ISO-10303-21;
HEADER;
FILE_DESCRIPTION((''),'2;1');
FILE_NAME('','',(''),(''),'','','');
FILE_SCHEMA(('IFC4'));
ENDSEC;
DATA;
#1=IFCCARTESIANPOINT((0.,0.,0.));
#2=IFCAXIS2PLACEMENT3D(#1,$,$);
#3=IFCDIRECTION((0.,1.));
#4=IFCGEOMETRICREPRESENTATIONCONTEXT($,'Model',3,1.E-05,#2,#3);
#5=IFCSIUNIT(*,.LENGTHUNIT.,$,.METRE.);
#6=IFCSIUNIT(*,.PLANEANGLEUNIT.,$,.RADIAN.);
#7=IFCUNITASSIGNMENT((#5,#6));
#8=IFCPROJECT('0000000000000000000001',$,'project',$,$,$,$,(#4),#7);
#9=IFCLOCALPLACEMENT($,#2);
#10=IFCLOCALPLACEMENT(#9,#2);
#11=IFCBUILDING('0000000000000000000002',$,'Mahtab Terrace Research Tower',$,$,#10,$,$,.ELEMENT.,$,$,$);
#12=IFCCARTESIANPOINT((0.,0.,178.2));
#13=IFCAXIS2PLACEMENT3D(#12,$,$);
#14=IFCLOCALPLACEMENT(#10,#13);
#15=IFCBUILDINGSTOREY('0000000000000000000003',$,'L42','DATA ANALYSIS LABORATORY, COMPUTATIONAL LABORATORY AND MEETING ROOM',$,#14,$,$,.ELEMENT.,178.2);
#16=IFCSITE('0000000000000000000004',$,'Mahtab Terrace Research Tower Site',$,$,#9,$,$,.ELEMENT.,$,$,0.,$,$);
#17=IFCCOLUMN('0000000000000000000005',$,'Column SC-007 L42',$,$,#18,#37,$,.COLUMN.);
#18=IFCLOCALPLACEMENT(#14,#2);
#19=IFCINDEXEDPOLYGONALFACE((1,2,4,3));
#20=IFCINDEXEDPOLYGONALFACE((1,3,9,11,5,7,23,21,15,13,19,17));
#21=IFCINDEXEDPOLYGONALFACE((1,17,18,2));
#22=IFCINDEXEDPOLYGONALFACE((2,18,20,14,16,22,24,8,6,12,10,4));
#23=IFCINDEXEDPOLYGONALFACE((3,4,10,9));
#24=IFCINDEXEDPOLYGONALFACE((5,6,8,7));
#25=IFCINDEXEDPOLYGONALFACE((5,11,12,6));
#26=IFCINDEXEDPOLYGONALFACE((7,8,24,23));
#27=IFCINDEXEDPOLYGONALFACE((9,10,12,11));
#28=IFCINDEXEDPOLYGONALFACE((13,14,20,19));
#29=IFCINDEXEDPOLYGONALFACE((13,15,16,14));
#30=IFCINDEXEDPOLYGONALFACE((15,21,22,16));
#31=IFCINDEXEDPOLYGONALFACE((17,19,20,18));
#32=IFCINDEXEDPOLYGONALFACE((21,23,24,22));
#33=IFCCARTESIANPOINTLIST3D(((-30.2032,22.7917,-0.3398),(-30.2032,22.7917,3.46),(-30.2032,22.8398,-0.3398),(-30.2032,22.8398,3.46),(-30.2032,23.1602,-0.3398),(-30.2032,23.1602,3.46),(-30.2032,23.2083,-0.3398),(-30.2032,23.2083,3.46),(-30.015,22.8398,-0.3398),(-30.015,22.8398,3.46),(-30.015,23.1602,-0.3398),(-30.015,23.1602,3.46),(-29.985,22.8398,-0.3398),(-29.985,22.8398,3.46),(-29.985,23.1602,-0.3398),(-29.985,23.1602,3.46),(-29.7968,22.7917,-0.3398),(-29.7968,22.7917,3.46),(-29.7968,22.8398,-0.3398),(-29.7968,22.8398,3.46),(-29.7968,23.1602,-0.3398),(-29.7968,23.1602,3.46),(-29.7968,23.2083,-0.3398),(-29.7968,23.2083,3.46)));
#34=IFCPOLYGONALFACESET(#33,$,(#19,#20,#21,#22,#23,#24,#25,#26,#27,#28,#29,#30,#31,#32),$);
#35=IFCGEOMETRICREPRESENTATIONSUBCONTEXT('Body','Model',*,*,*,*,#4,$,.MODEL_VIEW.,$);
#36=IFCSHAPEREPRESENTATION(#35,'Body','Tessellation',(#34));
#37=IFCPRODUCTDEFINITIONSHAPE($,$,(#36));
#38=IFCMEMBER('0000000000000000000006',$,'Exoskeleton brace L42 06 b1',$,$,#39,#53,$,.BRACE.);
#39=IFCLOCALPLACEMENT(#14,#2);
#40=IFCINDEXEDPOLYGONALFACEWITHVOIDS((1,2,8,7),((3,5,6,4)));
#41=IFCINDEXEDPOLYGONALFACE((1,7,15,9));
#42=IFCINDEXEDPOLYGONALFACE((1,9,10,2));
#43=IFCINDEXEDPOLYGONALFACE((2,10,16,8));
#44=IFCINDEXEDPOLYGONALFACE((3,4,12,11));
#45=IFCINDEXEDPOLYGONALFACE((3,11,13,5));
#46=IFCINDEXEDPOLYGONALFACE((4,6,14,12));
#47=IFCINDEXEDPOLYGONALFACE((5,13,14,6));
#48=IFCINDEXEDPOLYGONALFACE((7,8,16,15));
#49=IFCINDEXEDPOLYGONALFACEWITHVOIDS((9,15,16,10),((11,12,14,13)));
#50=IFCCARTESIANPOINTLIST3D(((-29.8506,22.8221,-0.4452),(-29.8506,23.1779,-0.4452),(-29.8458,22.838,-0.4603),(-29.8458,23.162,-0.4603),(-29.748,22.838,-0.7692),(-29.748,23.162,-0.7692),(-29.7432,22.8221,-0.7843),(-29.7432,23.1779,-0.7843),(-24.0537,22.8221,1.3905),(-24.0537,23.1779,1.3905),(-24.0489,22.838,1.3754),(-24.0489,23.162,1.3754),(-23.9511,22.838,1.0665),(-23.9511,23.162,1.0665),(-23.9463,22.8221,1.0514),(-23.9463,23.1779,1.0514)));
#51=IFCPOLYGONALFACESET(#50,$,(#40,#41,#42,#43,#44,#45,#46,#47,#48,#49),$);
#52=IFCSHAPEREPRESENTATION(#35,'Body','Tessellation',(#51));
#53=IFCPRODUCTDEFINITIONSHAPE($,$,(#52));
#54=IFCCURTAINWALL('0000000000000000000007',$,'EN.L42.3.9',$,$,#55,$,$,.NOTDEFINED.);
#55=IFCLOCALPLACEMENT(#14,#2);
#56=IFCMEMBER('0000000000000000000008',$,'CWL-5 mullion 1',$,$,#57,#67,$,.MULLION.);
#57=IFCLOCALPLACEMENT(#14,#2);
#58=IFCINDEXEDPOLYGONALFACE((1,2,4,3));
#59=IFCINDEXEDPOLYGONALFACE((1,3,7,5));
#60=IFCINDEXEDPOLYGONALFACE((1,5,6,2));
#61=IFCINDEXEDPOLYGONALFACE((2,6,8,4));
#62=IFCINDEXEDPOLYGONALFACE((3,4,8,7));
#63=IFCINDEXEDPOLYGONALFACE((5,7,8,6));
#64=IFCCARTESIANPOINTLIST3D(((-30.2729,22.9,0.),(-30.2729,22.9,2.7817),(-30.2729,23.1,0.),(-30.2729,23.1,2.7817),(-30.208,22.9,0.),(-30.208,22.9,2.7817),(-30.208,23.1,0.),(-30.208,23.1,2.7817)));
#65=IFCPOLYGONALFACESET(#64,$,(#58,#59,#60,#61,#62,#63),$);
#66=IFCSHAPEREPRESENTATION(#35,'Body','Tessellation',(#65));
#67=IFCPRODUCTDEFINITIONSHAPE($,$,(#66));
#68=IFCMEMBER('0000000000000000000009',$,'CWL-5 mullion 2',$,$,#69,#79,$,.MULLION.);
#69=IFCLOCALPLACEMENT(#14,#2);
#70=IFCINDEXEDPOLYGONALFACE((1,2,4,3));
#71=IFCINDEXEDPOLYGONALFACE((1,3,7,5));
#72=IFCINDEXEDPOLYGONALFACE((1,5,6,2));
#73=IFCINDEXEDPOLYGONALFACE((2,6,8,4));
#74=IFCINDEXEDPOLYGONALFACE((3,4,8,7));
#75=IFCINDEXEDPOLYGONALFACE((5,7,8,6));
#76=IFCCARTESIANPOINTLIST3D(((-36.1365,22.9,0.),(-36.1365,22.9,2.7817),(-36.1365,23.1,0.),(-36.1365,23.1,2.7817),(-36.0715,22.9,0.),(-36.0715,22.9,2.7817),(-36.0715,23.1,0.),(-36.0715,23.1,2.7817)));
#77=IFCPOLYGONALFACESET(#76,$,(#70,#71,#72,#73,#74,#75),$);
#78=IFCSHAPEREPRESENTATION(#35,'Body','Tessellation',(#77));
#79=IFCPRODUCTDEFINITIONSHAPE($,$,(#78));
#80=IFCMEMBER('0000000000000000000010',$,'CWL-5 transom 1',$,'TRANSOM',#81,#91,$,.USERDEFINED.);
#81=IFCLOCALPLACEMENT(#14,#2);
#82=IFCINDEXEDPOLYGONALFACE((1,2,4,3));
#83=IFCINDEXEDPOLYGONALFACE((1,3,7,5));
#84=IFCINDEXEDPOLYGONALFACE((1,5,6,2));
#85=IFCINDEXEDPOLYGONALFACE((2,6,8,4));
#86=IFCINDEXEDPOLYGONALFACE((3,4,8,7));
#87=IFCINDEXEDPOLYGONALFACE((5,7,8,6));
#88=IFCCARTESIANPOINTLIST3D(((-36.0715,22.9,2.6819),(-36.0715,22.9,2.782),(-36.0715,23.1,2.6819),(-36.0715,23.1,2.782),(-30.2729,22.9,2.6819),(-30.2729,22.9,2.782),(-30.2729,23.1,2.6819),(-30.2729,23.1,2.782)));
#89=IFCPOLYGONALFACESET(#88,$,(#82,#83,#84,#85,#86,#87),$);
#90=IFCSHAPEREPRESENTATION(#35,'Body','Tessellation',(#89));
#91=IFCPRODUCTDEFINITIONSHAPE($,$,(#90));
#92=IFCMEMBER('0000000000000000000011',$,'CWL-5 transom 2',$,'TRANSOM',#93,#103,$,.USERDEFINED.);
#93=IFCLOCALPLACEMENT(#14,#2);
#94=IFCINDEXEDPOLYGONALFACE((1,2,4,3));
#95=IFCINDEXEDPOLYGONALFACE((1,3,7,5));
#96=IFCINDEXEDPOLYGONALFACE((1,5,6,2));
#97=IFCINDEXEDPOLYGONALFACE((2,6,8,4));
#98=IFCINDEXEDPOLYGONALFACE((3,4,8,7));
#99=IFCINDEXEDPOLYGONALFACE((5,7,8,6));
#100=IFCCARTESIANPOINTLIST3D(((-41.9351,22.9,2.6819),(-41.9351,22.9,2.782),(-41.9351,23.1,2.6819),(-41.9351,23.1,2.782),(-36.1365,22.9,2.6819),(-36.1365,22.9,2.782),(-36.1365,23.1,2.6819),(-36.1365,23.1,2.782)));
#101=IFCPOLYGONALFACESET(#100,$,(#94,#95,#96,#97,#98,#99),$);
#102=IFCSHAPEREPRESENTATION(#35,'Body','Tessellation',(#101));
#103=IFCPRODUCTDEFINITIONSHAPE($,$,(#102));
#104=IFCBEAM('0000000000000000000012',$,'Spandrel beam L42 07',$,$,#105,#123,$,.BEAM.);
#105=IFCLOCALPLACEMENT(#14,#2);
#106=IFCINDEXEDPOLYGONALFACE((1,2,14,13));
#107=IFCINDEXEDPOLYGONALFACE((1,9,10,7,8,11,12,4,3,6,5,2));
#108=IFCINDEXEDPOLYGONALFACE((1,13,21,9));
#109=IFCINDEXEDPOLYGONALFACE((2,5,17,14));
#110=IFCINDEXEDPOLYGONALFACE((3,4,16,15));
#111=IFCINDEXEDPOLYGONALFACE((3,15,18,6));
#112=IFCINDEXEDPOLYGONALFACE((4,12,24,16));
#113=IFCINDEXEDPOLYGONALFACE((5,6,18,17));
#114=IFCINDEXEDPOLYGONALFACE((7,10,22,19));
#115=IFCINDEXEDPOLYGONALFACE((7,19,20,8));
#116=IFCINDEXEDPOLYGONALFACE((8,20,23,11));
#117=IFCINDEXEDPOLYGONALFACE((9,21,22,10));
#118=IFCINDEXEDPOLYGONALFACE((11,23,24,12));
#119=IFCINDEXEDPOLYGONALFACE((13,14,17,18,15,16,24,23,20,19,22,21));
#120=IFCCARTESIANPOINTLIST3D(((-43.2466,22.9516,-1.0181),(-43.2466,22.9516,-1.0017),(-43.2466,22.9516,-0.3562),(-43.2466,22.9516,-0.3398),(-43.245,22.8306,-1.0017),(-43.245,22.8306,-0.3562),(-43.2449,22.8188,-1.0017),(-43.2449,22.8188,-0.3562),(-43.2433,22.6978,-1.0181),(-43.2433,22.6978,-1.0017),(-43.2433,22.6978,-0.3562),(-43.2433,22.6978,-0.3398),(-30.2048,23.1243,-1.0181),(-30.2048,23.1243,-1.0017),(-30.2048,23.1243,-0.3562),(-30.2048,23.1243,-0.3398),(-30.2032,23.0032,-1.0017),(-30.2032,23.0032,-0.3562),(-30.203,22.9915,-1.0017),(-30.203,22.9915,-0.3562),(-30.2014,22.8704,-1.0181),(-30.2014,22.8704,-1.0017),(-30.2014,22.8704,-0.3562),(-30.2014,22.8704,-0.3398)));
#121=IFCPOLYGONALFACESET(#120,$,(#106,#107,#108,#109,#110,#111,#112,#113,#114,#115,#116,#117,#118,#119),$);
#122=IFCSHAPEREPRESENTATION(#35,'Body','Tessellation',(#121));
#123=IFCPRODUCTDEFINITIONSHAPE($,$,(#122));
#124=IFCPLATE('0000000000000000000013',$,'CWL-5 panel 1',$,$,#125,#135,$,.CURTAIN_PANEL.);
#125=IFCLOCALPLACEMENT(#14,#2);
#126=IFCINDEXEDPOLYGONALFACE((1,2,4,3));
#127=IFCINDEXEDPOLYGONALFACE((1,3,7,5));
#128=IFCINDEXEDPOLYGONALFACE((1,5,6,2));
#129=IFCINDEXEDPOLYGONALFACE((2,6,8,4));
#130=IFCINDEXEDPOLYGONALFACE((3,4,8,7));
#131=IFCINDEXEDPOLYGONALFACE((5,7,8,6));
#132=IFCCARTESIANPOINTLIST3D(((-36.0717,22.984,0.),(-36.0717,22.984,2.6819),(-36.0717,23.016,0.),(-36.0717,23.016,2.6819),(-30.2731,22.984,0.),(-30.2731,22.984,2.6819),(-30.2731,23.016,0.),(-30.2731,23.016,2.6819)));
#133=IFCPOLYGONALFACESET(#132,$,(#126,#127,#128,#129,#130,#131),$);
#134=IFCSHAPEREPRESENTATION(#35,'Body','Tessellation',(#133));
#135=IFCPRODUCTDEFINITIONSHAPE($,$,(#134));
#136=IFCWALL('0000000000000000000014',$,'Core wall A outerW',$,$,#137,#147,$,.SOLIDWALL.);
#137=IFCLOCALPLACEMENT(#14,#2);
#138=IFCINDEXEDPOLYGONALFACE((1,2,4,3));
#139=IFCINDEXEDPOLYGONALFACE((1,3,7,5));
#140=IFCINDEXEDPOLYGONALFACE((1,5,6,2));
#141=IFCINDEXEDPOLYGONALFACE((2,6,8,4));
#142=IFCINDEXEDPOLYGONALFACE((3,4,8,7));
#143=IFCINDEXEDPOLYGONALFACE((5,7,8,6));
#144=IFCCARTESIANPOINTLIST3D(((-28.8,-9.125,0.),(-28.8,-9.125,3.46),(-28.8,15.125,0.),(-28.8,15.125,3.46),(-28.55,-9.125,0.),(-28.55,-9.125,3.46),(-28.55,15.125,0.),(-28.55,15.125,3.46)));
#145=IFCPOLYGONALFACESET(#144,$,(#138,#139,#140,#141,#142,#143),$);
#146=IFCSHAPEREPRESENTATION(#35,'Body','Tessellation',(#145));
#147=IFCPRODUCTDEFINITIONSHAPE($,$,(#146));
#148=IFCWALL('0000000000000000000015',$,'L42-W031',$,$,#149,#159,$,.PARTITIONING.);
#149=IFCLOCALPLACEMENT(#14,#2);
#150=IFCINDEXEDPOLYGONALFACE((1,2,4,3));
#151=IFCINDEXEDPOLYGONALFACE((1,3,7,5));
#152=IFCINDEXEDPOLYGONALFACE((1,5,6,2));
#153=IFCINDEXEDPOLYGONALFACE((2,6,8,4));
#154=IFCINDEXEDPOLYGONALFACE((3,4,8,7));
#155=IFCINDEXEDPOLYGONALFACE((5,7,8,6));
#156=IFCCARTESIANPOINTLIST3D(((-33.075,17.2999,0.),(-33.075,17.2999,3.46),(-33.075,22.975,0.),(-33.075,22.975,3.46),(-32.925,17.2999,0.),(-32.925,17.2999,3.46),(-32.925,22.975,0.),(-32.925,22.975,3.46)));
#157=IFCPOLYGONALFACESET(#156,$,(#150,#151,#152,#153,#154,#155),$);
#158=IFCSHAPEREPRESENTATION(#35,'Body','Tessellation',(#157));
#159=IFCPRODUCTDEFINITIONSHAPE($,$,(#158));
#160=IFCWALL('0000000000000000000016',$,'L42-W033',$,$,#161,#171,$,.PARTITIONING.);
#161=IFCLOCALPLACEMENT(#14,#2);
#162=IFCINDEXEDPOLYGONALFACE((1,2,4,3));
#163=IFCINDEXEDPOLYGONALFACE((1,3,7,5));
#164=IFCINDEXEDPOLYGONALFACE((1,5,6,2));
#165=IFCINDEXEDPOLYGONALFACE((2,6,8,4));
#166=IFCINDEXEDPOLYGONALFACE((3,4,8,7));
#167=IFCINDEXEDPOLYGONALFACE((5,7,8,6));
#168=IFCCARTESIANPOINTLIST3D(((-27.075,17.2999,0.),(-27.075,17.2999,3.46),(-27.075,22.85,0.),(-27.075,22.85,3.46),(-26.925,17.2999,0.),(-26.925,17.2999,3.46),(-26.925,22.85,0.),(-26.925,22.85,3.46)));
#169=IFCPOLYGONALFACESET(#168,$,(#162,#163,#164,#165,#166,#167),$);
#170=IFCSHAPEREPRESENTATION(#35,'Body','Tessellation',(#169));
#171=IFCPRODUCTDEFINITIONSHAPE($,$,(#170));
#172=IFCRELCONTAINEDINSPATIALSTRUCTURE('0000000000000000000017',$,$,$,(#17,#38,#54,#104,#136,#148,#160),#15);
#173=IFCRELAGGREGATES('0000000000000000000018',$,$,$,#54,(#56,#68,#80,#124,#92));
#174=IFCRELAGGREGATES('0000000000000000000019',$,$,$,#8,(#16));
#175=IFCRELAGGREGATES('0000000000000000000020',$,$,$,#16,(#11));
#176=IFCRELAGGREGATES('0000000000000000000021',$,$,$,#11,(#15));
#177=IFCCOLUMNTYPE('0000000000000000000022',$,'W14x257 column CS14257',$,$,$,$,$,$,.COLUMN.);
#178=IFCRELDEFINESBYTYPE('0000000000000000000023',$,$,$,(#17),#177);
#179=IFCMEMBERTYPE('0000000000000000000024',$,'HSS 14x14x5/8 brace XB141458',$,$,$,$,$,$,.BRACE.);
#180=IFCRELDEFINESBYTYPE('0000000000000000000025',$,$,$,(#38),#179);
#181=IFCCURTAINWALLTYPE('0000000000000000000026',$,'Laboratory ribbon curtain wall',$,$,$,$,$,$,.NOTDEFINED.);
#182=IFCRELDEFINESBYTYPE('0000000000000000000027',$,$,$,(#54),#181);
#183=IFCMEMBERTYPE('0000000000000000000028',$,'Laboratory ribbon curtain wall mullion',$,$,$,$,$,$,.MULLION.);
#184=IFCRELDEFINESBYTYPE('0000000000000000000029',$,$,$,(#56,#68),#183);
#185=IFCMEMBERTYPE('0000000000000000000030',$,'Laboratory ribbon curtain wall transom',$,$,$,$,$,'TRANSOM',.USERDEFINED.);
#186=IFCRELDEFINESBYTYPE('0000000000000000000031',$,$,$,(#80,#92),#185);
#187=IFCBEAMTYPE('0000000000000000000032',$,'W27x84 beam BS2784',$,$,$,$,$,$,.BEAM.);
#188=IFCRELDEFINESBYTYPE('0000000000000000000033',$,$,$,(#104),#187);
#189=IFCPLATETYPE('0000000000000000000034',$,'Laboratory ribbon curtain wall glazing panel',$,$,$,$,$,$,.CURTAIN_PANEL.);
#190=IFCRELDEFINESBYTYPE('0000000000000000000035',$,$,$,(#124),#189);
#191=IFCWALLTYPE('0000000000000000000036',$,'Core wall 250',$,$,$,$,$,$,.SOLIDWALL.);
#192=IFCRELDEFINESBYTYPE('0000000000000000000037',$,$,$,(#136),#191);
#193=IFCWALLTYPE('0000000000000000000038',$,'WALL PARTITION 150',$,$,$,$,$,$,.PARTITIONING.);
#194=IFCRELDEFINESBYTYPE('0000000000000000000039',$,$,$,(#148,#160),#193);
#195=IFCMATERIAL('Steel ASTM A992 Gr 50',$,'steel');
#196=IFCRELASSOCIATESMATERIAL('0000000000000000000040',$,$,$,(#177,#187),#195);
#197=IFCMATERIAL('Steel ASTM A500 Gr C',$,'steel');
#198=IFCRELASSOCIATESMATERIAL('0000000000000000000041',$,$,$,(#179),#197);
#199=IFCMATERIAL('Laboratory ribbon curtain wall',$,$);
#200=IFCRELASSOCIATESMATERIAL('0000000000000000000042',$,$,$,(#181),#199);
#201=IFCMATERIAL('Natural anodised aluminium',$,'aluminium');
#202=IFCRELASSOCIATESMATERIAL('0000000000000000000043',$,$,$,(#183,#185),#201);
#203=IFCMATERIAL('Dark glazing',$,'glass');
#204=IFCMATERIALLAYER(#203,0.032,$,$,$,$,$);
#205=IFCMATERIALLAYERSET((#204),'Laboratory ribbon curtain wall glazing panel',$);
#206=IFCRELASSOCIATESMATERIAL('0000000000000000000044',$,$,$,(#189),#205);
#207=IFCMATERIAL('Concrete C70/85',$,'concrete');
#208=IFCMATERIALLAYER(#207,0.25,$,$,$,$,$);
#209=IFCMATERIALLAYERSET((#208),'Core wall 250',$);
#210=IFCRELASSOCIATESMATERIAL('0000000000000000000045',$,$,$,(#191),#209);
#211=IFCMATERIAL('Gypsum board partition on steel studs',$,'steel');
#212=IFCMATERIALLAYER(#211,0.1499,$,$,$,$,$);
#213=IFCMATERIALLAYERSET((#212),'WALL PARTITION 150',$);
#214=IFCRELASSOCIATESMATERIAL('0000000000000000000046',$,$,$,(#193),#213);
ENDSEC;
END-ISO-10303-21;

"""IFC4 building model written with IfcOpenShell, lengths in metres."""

from ifc_helpers import new_model, si_unit, direction, frame, frame_2d, origin, origin_2d, place, context, subcontext, project, spatial, rectangle, hollow_rectangle, i_section, extrude, material, layer, layer_set, material_profile, profile_set, type_object, element, aggregate, save


model = new_model("IFC4")

# Units and contexts
model_context = context("Model", 3, precision=1e-05, world=origin(), true_north=direction((0.0, 1.0)))
body_context = subcontext(model_context, "Body", "Model", "MODEL_VIEW")
ifc_project = project(units=[si_unit("LENGTHUNIT", "METRE"), si_unit("PLANEANGLEUNIT", "RADIAN")], contexts=[model_context])

# Site, building, storey
site_placement = place(None, origin())
site = spatial("IfcSite", under=ifc_project, at=site_placement, Name="Mahtab Terrace Research Tower Site", CompositionType="ELEMENT", RefElevation=0.0)
building_placement = place(site_placement, origin())
building = spatial("IfcBuilding", under=site, at=building_placement, Name="Mahtab Terrace Research Tower", CompositionType="ELEMENT")
storey_placement = place(building_placement, frame((0.0, 0.0, 178.2)))
storey = spatial("IfcBuildingStorey", under=building, at=storey_placement, Name="L42", Description="DATA ANALYSIS LABORATORY, COMPUTATIONAL LABORATORY AND MEETING ROOM", CompositionType="ELEMENT", Elevation=178.2)

# Column
ifc_material_1 = material(Name="Steel ASTM A992 Gr 50", Category="steel")
ifc_material_profile_1 = material_profile(ifc_material_1, i_section(OverallWidth=0.4065, OverallDepth=0.4165, WebThickness=0.03, FlangeThickness=0.0481, at=origin_2d()), Name="W14X257")
ifc_profile_set_1 = profile_set([ifc_material_profile_1], Name="Steel ASTM A992 Gr 50")
column_type = type_object("IfcColumnType", Name="W14x257 column CS14257", PredefinedType="COLUMN", material=ifc_profile_set_1)
column_placement = place(storey_placement, frame((-30.0, 23.0, -0.3398), z_axis=(0.0, 0.0, 1.0), x_axis=(1.0, 0.0, 0.0)))
element("IfcColumn", 1, at=column_placement, inside=storey, type_object=column_type, Name="Column SC-007 L42", PredefinedType="COLUMN", context=body_context, shape_type="SweptSolid", body=[
    extrude(i_section(OverallWidth=0.4065, OverallDepth=0.4165, WebThickness=0.03, FlangeThickness=0.0481, at=origin_2d()), origin(), (0.0, 0.0, 1.0), 3.7998),
])

# Member
ifc_material_2 = material(Name="Steel ASTM A500 Gr C", Category="steel")
ifc_material_profile_2 = material_profile(ifc_material_2, hollow_rectangle(XDim=0.3557, YDim=0.3557, WallThickness=0.0159, at=origin_2d()), Name="HSS14X14X5/8")
ifc_profile_set_2 = profile_set([ifc_material_profile_2], Name="Steel ASTM A500 Gr C")
member_type_1 = type_object("IfcMemberType", Name="HSS 14x14x5/8 brace XB141458", PredefinedType="BRACE", material=ifc_profile_set_2)
member_1_placement = place(storey_placement, frame((-29.7969, 23.0, -0.6147), z_axis=(0.953341, 0.0, 0.301894), x_axis=(0.0, 1.0, 0.0)))
element("IfcMember", 2, at=member_1_placement, inside=storey, type_object=member_type_1, Name="Exoskeleton brace L42 06 b1", PredefinedType="BRACE", context=body_context, shape_type="SweptSolid", body=[
    extrude(hollow_rectangle(XDim=0.3557, YDim=0.3557, WallThickness=0.0159, at=origin_2d()), origin(), (0.0, 0.0, 1.0), 6.0806),
])

# Curtain wall, members
ifc_material_3 = material(Name="Laboratory ribbon curtain wall")
curtain_wall_type = type_object("IfcCurtainWallType", Name="Laboratory ribbon curtain wall", PredefinedType="NOTDEFINED", material=ifc_material_3)
curtain_wall_placement = place(storey_placement, origin())
curtain_wall = element("IfcCurtainWall", 3, at=curtain_wall_placement, inside=storey, type_object=curtain_wall_type, Name="EN.L42.3.9", PredefinedType="NOTDEFINED")
ifc_material_4 = material(Name="Natural anodised aluminium", Category="aluminium")
ifc_material_profile_3 = material_profile(ifc_material_4, rectangle(XDim=0.2, YDim=0.0649, at=origin_2d()), Name="MULLION 65x200")
ifc_profile_set_3 = profile_set([ifc_material_profile_3], Name="Natural anodised aluminium")
member_type_2 = type_object("IfcMemberType", Name="Laboratory ribbon curtain wall mullion", PredefinedType="MULLION", material=ifc_profile_set_3)
member_2_placement = place(storey_placement, frame((-30.2405, 23.0, 0.0), z_axis=(0.0, 0.0, 1.0), x_axis=(0.0, -1.0, 0.0)))
member_2 = element("IfcMember", 4, at=member_2_placement, type_object=member_type_2, Name="CWL-5 mullion 1", PredefinedType="MULLION", context=body_context, shape_type="SweptSolid", body=[
    extrude(rectangle(XDim=0.2, YDim=0.0649, at=origin_2d()), origin(), (0.0, 0.0, 1.0), 2.7817),
])
member_3_placement = place(storey_placement, frame((-36.104, 23.0, 0.0), z_axis=(0.0, 0.0, 1.0), x_axis=(0.0, -1.0, 0.0)))
member_3 = element("IfcMember", 5, at=member_3_placement, type_object=member_type_2, Name="CWL-5 mullion 2", PredefinedType="MULLION", context=body_context, shape_type="SweptSolid", body=[
    extrude(rectangle(XDim=0.2, YDim=0.0649, at=origin_2d()), origin(), (0.0, 0.0, 1.0), 2.7817),
])
ifc_material_profile_4 = material_profile(ifc_material_4, rectangle(XDim=0.2, YDim=0.1001, at=origin_2d()), Name="TRANSOM 100x200")
ifc_profile_set_4 = profile_set([ifc_material_profile_4], Name="Natural anodised aluminium")
member_type_3 = type_object("IfcMemberType", Name="Laboratory ribbon curtain wall transom", ElementType="TRANSOM", PredefinedType="USERDEFINED", material=ifc_profile_set_4)
member_4_placement = place(storey_placement, frame((-30.2729, 23.0, 2.7319), z_axis=(-1.0, 0.0, 0.0), x_axis=(0.0, -1.0, 0.0)))
member_4 = element("IfcMember", 6, at=member_4_placement, type_object=member_type_3, Name="CWL-5 transom 1", ObjectType="TRANSOM", PredefinedType="USERDEFINED", context=body_context, shape_type="SweptSolid", body=[
    extrude(rectangle(XDim=0.2, YDim=0.1001, at=origin_2d()), origin(), (0.0, 0.0, 1.0), 5.7986),
])
member_5_placement = place(storey_placement, frame((-36.1365, 23.0, 2.7319), z_axis=(-1.0, 0.0, 0.0), x_axis=(0.0, -1.0, 0.0)))
member_5 = element("IfcMember", 7, at=member_5_placement, type_object=member_type_3, Name="CWL-5 transom 2", ObjectType="TRANSOM", PredefinedType="USERDEFINED", context=body_context, shape_type="SweptSolid", body=[
    extrude(rectangle(XDim=0.2, YDim=0.1001, at=origin_2d()), origin(), (0.0, 0.0, 1.0), 5.7986),
])

# Beam
ifc_material_profile_5 = material_profile(ifc_material_1, i_section(OverallWidth=0.2539, OverallDepth=0.6782, WebThickness=0.0117, FlangeThickness=0.0164, at=origin_2d()), Name="W27X84")
ifc_profile_set_5 = profile_set([ifc_material_profile_5], Name="Steel ASTM A992 Gr 50")
beam_type = type_object("IfcBeamType", Name="W27x84 beam BS2784", PredefinedType="BEAM", material=ifc_profile_set_5)
beam_placement = place(storey_placement, frame((-30.2031, 22.9973, -0.679), z_axis=(-0.999912, -0.013234, 0.0), x_axis=(0.013234, -0.999912, 0.0)))
element("IfcBeam", 8, at=beam_placement, inside=storey, type_object=beam_type, Name="Spandrel beam L42 07", PredefinedType="BEAM", context=body_context, shape_type="SweptSolid", body=[
    extrude(i_section(OverallWidth=0.2539, OverallDepth=0.6782, WebThickness=0.0117, FlangeThickness=0.0164, at=origin_2d()), origin(), (0.0, 0.0, 1.0), 13.043),
])

# Plate
ifc_material_5 = material(Name="Dark glazing", Category="glass")
ifc_layer_1 = layer(ifc_material_5, 0.032)
ifc_layer_set_1 = layer_set([ifc_layer_1], Name="Laboratory ribbon curtain wall glazing panel")
plate_type = type_object("IfcPlateType", Name="Laboratory ribbon curtain wall glazing panel", PredefinedType="CURTAIN_PANEL", material=ifc_layer_set_1)
plate_placement = place(storey_placement, frame((-33.1724, 23.0, 0.0), z_axis=(0.0, 0.0, 1.0), x_axis=(-1.0, 0.0, 0.0)))
plate = element("IfcPlate", 9, at=plate_placement, type_object=plate_type, Name="CWL-5 panel 1", PredefinedType="CURTAIN_PANEL", context=body_context, shape_type="SweptSolid", body=[
    extrude(rectangle(XDim=5.7986, YDim=0.032, at=origin_2d()), origin(), (0.0, 0.0, 1.0), 2.6819),
])
aggregate(curtain_wall, [member_2, member_3, member_4, plate, member_5])

# Walls
ifc_material_6 = material(Name="Concrete C70/85", Category="concrete")
ifc_layer_2 = layer(ifc_material_6, 0.25)
ifc_layer_set_2 = layer_set([ifc_layer_2], Name="Core wall 250")
wall_type_1 = type_object("IfcWallType", Name="Core wall 250", PredefinedType="SOLIDWALL", material=ifc_layer_set_2)
wall_1_placement = place(storey_placement, frame((-28.675, 15.125, 0.0), z_axis=(0.0, 0.0, 1.0), x_axis=(0.0, -1.0, 0.0)))
element("IfcWall", 10, at=wall_1_placement, inside=storey, type_object=wall_type_1, Name="Core wall A outerW", PredefinedType="SOLIDWALL", context=body_context, shape_type="SweptSolid", body=[
    extrude(rectangle(XDim=24.25, YDim=0.25, at=frame_2d((12.125, 0.0))), origin(), (0.0, 0.0, 1.0), 3.46),
])
ifc_material_7 = material(Name="Gypsum board partition on steel studs", Category="steel")
ifc_layer_3 = layer(ifc_material_7, 0.1499)
ifc_layer_set_3 = layer_set([ifc_layer_3], Name="WALL PARTITION 150")
wall_type_2 = type_object("IfcWallType", Name="WALL PARTITION 150", PredefinedType="PARTITIONING", material=ifc_layer_set_3)
wall_2_placement = place(storey_placement, frame((-33.0, 17.3, 0.0), z_axis=(0.0, 0.0, 1.0), x_axis=(0.0, 1.0, 0.0)))
element("IfcWall", 11, at=wall_2_placement, inside=storey, type_object=wall_type_2, Name="L42-W031", PredefinedType="PARTITIONING", context=body_context, shape_type="SweptSolid", body=[
    extrude(rectangle(XDim=5.675, YDim=0.1499, at=frame_2d((2.8374, 0.0))), origin(), (0.0, 0.0, 1.0), 3.46),
])
wall_3_placement = place(storey_placement, frame((-27.0, 17.3, 0.0), z_axis=(0.0, 0.0, 1.0), x_axis=(0.0, 1.0, 0.0)))
element("IfcWall", 12, at=wall_3_placement, inside=storey, type_object=wall_type_2, Name="L42-W033", PredefinedType="PARTITIONING", context=body_context, shape_type="SweptSolid", body=[
    extrude(rectangle(XDim=5.55, YDim=0.1499, at=frame_2d((2.7749, 0.0))), origin(), (0.0, 0.0, 1.0), 3.46),
])

save(model, "model.ifc")
